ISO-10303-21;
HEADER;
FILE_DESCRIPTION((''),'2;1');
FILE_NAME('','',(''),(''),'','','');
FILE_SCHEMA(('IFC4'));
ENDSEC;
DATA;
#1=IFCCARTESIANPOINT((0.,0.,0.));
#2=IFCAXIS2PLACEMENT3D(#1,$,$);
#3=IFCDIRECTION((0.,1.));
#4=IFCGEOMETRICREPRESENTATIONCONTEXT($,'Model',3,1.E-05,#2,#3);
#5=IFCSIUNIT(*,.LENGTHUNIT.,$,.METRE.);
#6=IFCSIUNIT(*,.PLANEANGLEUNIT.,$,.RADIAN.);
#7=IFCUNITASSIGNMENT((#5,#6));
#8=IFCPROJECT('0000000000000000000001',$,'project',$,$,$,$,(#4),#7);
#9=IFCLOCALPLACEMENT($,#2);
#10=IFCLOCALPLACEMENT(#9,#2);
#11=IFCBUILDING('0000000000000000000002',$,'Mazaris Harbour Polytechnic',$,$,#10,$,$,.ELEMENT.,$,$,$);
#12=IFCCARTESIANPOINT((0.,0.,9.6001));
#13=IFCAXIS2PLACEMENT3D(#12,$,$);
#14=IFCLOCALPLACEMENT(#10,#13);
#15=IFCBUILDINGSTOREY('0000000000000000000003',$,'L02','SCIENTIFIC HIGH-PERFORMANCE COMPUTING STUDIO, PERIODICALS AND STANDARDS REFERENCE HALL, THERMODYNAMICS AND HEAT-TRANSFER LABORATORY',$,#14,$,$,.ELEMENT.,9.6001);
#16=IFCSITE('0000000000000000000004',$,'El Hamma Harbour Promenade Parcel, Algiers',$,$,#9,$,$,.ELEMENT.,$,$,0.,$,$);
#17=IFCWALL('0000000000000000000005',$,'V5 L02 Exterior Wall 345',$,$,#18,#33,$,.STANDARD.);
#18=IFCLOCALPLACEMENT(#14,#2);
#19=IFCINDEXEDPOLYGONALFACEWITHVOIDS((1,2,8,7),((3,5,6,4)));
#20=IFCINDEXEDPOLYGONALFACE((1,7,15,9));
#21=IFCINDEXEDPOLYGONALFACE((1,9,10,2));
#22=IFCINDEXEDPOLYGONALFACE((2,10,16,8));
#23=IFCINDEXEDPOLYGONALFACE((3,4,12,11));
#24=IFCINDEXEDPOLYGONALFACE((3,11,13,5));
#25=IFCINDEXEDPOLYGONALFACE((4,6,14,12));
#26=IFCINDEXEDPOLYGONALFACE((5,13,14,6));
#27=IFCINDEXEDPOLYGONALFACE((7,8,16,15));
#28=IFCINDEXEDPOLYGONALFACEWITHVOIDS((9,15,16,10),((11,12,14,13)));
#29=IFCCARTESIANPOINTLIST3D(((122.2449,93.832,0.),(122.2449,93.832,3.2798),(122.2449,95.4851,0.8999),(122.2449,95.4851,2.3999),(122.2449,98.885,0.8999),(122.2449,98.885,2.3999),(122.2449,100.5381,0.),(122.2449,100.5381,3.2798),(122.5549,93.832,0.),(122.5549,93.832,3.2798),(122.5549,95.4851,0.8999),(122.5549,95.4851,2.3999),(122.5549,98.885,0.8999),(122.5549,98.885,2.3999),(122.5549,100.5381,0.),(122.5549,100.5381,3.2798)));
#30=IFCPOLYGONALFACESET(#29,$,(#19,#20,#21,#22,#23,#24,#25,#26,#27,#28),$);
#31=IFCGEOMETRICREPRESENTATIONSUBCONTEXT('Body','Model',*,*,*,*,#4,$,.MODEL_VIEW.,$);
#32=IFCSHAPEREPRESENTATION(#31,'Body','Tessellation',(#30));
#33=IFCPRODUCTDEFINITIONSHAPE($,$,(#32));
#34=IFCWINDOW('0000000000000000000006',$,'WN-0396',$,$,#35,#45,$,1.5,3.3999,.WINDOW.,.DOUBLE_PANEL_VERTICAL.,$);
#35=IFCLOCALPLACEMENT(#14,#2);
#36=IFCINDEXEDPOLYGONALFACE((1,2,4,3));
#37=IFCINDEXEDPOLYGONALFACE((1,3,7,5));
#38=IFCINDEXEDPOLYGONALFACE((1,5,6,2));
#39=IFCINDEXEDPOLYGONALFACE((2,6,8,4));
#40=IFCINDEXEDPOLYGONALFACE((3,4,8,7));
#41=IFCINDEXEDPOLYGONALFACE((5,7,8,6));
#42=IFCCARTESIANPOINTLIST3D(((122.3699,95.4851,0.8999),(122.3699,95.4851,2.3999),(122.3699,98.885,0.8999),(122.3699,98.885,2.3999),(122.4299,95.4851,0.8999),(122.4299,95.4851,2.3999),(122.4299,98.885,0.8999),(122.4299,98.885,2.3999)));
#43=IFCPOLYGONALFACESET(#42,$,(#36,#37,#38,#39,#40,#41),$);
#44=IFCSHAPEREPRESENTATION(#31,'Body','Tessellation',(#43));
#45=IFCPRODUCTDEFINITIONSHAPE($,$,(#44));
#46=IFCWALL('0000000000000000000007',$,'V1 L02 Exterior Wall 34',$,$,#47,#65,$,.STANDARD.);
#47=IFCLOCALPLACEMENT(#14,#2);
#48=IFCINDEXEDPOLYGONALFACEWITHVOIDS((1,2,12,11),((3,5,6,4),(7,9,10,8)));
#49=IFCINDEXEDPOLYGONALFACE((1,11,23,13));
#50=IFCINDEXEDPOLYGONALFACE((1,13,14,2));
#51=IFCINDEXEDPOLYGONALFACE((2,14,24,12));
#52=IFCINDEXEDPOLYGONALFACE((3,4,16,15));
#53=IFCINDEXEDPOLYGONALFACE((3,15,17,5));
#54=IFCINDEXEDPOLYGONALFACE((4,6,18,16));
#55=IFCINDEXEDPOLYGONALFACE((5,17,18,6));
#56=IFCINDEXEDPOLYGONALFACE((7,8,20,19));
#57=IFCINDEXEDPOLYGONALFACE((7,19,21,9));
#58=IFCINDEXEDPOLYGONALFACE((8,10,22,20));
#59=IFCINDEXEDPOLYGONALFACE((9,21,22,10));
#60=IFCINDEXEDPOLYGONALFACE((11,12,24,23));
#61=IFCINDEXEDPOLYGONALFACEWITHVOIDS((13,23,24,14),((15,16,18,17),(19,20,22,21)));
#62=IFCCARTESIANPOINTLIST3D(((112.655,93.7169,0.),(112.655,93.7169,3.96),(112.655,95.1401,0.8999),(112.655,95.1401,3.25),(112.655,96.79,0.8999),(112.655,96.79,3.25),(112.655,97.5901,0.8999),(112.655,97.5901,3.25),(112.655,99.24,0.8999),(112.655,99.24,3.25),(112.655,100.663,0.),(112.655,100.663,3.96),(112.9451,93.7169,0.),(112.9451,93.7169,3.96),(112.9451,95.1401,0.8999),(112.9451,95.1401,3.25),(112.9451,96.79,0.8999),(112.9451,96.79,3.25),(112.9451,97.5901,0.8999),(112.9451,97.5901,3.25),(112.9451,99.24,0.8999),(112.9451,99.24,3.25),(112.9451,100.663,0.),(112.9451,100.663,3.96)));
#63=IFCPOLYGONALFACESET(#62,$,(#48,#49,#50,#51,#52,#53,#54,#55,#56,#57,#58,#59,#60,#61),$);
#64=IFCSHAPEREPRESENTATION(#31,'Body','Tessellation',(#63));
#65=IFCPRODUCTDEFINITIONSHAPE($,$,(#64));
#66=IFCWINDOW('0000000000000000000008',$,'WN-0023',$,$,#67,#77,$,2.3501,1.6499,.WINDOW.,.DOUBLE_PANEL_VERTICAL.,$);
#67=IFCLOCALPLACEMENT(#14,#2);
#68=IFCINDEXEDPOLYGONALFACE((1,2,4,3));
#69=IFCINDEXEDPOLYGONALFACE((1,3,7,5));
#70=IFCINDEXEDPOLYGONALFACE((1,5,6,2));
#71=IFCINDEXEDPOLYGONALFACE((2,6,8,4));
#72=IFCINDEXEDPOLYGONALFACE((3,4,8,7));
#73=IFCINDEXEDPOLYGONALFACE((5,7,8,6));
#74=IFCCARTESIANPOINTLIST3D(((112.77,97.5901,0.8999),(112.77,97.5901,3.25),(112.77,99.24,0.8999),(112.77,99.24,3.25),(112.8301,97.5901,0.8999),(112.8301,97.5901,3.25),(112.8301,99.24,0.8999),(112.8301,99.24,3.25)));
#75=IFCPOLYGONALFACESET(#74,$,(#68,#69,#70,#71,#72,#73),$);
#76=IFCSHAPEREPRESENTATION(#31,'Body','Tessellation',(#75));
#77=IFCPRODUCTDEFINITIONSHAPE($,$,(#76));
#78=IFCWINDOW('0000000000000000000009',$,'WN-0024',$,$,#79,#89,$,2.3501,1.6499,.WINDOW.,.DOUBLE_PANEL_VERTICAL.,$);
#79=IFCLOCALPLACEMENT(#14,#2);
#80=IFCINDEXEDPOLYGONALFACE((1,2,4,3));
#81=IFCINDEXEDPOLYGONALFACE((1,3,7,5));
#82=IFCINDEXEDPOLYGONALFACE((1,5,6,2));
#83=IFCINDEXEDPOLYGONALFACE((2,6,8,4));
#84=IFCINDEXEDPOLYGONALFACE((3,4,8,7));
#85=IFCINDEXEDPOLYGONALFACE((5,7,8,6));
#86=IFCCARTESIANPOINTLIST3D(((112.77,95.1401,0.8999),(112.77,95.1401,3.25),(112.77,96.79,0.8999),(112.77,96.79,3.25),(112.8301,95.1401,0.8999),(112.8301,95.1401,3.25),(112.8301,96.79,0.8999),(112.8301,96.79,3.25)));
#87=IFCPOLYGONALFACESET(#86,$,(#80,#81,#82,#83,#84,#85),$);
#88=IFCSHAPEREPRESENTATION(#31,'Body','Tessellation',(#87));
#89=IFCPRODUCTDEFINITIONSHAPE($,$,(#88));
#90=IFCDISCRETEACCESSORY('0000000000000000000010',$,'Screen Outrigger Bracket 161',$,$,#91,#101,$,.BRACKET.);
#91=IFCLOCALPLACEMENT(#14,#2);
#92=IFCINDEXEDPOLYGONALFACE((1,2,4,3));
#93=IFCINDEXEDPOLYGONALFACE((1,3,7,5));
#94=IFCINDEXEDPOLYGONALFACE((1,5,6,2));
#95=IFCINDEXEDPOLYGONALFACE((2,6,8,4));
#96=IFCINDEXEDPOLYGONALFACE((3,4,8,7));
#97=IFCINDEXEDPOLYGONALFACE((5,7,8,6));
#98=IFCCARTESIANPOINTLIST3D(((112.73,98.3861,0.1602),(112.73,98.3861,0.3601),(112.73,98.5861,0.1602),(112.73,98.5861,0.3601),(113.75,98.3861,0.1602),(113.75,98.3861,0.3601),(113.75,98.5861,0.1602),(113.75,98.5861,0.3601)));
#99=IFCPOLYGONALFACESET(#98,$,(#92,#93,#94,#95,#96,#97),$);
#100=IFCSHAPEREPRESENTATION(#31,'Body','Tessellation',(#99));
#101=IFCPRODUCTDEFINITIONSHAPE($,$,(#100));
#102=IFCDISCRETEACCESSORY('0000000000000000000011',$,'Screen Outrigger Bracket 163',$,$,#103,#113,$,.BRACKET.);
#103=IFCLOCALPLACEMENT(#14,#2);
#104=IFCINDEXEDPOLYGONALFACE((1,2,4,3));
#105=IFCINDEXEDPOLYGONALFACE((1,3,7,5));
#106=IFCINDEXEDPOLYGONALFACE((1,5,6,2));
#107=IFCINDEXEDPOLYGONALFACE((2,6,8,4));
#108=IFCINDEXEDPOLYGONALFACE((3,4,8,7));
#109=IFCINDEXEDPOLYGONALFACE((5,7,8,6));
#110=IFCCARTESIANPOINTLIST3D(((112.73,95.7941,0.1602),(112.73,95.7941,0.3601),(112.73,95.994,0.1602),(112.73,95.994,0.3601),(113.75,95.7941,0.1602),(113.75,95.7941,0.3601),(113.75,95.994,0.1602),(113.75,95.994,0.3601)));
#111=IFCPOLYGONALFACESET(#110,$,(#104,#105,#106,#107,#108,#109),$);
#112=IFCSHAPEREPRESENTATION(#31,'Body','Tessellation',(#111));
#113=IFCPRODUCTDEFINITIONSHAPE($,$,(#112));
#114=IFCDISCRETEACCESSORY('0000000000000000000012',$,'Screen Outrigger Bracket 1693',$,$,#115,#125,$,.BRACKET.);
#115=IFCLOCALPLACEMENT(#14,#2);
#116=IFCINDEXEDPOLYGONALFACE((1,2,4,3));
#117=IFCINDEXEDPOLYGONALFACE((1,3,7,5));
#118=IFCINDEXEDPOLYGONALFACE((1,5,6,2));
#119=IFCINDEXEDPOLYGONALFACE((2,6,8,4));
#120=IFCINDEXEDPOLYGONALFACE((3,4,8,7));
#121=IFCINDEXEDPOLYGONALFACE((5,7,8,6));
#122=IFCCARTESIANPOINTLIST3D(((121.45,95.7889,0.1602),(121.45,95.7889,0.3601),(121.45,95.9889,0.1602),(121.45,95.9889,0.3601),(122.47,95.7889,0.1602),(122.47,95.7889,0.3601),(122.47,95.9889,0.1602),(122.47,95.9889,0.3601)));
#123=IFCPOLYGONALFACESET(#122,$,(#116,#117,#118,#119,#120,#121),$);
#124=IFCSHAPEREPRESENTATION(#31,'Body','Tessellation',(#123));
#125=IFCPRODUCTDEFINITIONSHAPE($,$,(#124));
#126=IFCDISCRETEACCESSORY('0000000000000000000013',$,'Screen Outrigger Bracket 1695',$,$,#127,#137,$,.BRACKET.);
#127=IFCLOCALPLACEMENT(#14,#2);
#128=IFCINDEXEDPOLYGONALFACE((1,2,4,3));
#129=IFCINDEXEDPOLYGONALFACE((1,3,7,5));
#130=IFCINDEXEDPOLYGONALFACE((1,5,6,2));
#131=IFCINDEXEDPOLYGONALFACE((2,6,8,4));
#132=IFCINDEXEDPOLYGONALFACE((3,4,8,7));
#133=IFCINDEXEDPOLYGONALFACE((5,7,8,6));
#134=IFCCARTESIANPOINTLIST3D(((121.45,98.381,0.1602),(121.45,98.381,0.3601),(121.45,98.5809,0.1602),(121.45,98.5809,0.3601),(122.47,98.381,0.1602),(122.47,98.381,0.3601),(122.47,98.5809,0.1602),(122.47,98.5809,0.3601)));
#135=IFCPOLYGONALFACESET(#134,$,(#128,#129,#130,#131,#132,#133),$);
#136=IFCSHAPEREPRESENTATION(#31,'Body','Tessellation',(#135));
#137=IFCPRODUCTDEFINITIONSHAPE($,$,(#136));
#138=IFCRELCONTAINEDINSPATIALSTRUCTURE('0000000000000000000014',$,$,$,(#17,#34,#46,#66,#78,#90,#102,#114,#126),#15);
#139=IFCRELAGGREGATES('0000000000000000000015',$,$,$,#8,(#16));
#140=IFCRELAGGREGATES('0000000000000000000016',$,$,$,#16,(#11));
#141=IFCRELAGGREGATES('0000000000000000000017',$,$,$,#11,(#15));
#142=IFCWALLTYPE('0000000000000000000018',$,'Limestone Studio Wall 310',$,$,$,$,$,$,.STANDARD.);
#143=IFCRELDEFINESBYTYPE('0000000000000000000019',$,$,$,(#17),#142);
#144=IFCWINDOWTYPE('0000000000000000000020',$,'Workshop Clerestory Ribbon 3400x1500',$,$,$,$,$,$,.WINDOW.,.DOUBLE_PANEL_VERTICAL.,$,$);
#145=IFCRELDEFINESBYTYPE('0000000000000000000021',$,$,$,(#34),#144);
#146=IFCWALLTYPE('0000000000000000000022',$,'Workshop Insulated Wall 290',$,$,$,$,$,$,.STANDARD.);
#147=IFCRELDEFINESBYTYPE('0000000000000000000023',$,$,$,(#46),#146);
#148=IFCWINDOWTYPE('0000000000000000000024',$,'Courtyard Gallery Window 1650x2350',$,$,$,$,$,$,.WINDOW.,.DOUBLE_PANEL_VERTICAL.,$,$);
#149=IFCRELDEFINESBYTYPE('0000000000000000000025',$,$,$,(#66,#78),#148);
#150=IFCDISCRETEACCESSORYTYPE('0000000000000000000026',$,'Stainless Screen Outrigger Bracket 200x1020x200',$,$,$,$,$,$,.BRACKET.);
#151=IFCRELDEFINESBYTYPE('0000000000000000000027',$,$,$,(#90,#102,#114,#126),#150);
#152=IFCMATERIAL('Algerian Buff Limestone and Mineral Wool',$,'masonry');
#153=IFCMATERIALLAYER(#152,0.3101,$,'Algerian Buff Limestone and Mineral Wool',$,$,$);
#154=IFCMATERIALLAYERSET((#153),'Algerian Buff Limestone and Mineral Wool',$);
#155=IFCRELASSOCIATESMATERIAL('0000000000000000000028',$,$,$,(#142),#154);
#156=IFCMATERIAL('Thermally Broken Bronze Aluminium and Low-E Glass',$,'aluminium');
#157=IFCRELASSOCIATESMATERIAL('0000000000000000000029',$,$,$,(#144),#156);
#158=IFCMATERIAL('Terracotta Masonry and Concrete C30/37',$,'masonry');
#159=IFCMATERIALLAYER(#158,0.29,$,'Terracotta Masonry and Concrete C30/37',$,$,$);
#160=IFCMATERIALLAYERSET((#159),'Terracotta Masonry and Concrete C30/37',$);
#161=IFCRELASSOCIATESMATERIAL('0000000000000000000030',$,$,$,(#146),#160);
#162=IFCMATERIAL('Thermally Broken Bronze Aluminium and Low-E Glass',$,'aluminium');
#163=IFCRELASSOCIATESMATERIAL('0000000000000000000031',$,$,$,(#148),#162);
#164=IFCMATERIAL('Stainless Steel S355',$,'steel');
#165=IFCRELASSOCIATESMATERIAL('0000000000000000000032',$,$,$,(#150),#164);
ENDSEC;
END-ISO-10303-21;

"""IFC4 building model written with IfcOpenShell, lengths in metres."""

from ifc_helpers import new_model, si_unit, direction, frame, frame_2d, origin, origin_2d, place, context, subcontext, project, spatial, rectangle, extrude, material, layer, layer_set, type_object, element, fill, save


model = new_model("IFC4")

# Units and contexts
model_context = context("Model", 3, precision=1e-05, world=origin(), true_north=direction((0.0, 1.0)))
body_context = subcontext(model_context, "Body", "Model", "MODEL_VIEW")
ifc_project = project(units=[si_unit("LENGTHUNIT", "METRE"), si_unit("PLANEANGLEUNIT", "RADIAN")], contexts=[model_context])

# Site, building, storey
site_placement = place(None, origin())
site = spatial("IfcSite", under=ifc_project, at=site_placement, Name="El Hamma Harbour Promenade Parcel, Algiers", CompositionType="ELEMENT", RefElevation=0.0)
building_placement = place(site_placement, origin())
building = spatial("IfcBuilding", under=site, at=building_placement, Name="Mazaris Harbour Polytechnic", CompositionType="ELEMENT")
storey_placement = place(building_placement, frame((0.0, 0.0, 9.6001)))
storey = spatial("IfcBuildingStorey", under=building, at=storey_placement, Name="L02", Description="SCIENTIFIC HIGH-PERFORMANCE COMPUTING STUDIO, PERIODICALS AND STANDARDS REFERENCE HALL, THERMODYNAMICS AND HEAT-TRANSFER LABORATORY", CompositionType="ELEMENT", Elevation=9.6001)

# Wall, opening, window
ifc_material_1 = material(Name="Algerian Buff Limestone and Mineral Wool", Category="masonry")
ifc_layer_1 = layer(ifc_material_1, 0.3101, Name="Algerian Buff Limestone and Mineral Wool")
ifc_layer_set_1 = layer_set([ifc_layer_1], Name="Algerian Buff Limestone and Mineral Wool")
wall_type_1 = type_object("IfcWallType", Name="Limestone Studio Wall 310", PredefinedType="STANDARD", material=ifc_layer_set_1)
wall_1_placement = place(storey_placement, frame((122.3999, 93.832, 0.0), z_axis=(0.0, 0.0, 1.0), x_axis=(0.0, 1.0, 0.0)))
wall_1 = element("IfcWall", 1, at=wall_1_placement, inside=storey, type_object=wall_type_1, Name="V5 L02 Exterior Wall 345", PredefinedType="STANDARD", context=body_context, shape_type="SweptSolid", body=[
    extrude(rectangle(XDim=6.7061, YDim=0.3101, at=frame_2d((3.353, 0.0))), origin(), (0.0, 0.0, 1.0), 3.2798),
])
opening_1_placement = place(wall_1_placement, frame((1.6531, 0.0, 0.8999)))
opening_1 = element("IfcOpeningElement", 2, at=opening_1_placement, cuts=wall_1, PredefinedType="OPENING", context=body_context, shape_type="SweptSolid", body=[
    extrude(rectangle(XDim=3.3999, YDim=1.5, at=frame_2d((1.7, 0.75))), frame((0.0, 0.165, 0.0), z_axis=(0.0, -1.0, 0.0), x_axis=(1.0, 0.0, 0.0)), (0.0, 0.0, 1.0), 0.3301),
])
ifc_material_2 = material(Name="Thermally Broken Bronze Aluminium and Low-E Glass", Category="aluminium")
window_type_1 = type_object("IfcWindowType", Name="Workshop Clerestory Ribbon 3400x1500", PartitioningType="DOUBLE_PANEL_VERTICAL", PredefinedType="WINDOW", material=ifc_material_2)
window_1_placement = place(opening_1_placement, origin())
window_1 = element("IfcWindow", 3, at=window_1_placement, inside=storey, type_object=window_type_1, Name="WN-0396", OverallHeight=1.5, OverallWidth=3.3999, PartitioningType="DOUBLE_PANEL_VERTICAL", PredefinedType="WINDOW", context=body_context, shape_type="SweptSolid", body=[
    extrude(rectangle(XDim=3.3999, YDim=1.5, at=frame_2d((1.7, 0.75))), frame((0.0, 0.03, 0.0), z_axis=(0.0, -1.0, 0.0), x_axis=(1.0, 0.0, 0.0)), (0.0, 0.0, 1.0), 0.0601),
])
fill(opening_1, window_1)

# Wall, openings, windows
ifc_material_3 = material(Name="Terracotta Masonry and Concrete C30/37", Category="masonry")
ifc_layer_2 = layer(ifc_material_3, 0.29, Name="Terracotta Masonry and Concrete C30/37")
ifc_layer_set_2 = layer_set([ifc_layer_2], Name="Terracotta Masonry and Concrete C30/37")
wall_type_2 = type_object("IfcWallType", Name="Workshop Insulated Wall 290", PredefinedType="STANDARD", material=ifc_layer_set_2)
wall_2_placement = place(storey_placement, frame((112.8, 100.6631, 0.0), z_axis=(0.0, 0.0, 1.0), x_axis=(0.0, -1.0, 0.0)))
wall_2 = element("IfcWall", 4, at=wall_2_placement, inside=storey, type_object=wall_type_2, Name="V1 L02 Exterior Wall 34", PredefinedType="STANDARD", context=body_context, shape_type="SweptSolid", body=[
    extrude(rectangle(XDim=6.946, YDim=0.29, at=frame_2d((3.4731, 0.0))), origin(), (0.0, 0.0, 1.0), 3.96),
])
opening_2_placement = place(wall_2_placement, frame((1.4231, 0.0, 0.8999)))
opening_2 = element("IfcOpeningElement", 5, at=opening_2_placement, cuts=wall_2, PredefinedType="OPENING", context=body_context, shape_type="SweptSolid", body=[
    extrude(rectangle(XDim=1.6499, YDim=2.3501, at=frame_2d((0.825, 1.175))), frame((0.0, 0.155, 0.0), z_axis=(0.0, -1.0, 0.0), x_axis=(1.0, 0.0, 0.0)), (0.0, 0.0, 1.0), 0.3101),
])
opening_3_placement = place(wall_2_placement, frame((3.873, 0.0, 0.8999)))
opening_3 = element("IfcOpeningElement", 6, at=opening_3_placement, cuts=wall_2, PredefinedType="OPENING", context=body_context, shape_type="SweptSolid", body=[
    extrude(rectangle(XDim=1.6499, YDim=2.3501, at=frame_2d((0.825, 1.175))), frame((0.0, 0.155, 0.0), z_axis=(0.0, -1.0, 0.0), x_axis=(1.0, 0.0, 0.0)), (0.0, 0.0, 1.0), 0.3101),
])
ifc_material_4 = material(Name="Thermally Broken Bronze Aluminium and Low-E Glass", Category="aluminium")
window_type_2 = type_object("IfcWindowType", Name="Courtyard Gallery Window 1650x2350", PartitioningType="DOUBLE_PANEL_VERTICAL", PredefinedType="WINDOW", material=ifc_material_4)
window_2_placement = place(opening_2_placement, origin())
window_2 = element("IfcWindow", 7, at=window_2_placement, inside=storey, type_object=window_type_2, Name="WN-0023", OverallHeight=2.3501, OverallWidth=1.6499, PartitioningType="DOUBLE_PANEL_VERTICAL", PredefinedType="WINDOW", context=body_context, shape_type="SweptSolid", body=[
    extrude(rectangle(XDim=1.6499, YDim=2.3501, at=frame_2d((0.825, 1.175))), frame((0.0, 0.03, 0.0), z_axis=(0.0, -1.0, 0.0), x_axis=(1.0, 0.0, 0.0)), (0.0, 0.0, 1.0), 0.0601),
])
fill(opening_2, window_2)
window_3_placement = place(opening_3_placement, origin())
window_3 = element("IfcWindow", 8, at=window_3_placement, inside=storey, type_object=window_type_2, Name="WN-0024", OverallHeight=2.3501, OverallWidth=1.6499, PartitioningType="DOUBLE_PANEL_VERTICAL", PredefinedType="WINDOW", context=body_context, shape_type="SweptSolid", body=[
    extrude(rectangle(XDim=1.6499, YDim=2.3501, at=frame_2d((0.825, 1.175))), frame((0.0, 0.03, 0.0), z_axis=(0.0, -1.0, 0.0), x_axis=(1.0, 0.0, 0.0)), (0.0, 0.0, 1.0), 0.0601),
])
fill(opening_3, window_3)

# Discrete accessories
ifc_material_5 = material(Name="Stainless Steel S355", Category="steel")
discrete_accessory_type = type_object("IfcDiscreteAccessoryType", Name="Stainless Screen Outrigger Bracket 200x1020x200", PredefinedType="BRACKET", material=ifc_material_5)
for number, where, z_axis, x_axis, name in (
    (9, (113.24, 98.4861, 0.1602), (0.0, 0.0, 1.0), (0.0, -1.0, 0.0), "Screen Outrigger Bracket 161"),
    (10, (113.24, 95.894, 0.1602), (0.0, 0.0, 1.0), (0.0, -1.0, 0.0), "Screen Outrigger Bracket 163"),
    (11, (121.96, 95.8889, 0.1602), (0.0, 0.0, 1.0), (0.0, 1.0, 0.0), "Screen Outrigger Bracket 1693"),
    (12, (121.96, 98.481, 0.1602), (0.0, 0.0, 1.0), (0.0, 1.0, 0.0), "Screen Outrigger Bracket 1695"),
):
    element("IfcDiscreteAccessory", number, at=place(storey_placement, frame(where, z_axis=z_axis, x_axis=x_axis)), inside=storey, type_object=discrete_accessory_type, Name=name, PredefinedType="BRACKET", context=body_context, shape_type="SweptSolid", body=[
        extrude(rectangle(XDim=0.2, YDim=1.02, at=origin_2d()), origin(), (0.0, 0.0, 1.0), 0.2),
    ])

save(model, "model.ifc")
